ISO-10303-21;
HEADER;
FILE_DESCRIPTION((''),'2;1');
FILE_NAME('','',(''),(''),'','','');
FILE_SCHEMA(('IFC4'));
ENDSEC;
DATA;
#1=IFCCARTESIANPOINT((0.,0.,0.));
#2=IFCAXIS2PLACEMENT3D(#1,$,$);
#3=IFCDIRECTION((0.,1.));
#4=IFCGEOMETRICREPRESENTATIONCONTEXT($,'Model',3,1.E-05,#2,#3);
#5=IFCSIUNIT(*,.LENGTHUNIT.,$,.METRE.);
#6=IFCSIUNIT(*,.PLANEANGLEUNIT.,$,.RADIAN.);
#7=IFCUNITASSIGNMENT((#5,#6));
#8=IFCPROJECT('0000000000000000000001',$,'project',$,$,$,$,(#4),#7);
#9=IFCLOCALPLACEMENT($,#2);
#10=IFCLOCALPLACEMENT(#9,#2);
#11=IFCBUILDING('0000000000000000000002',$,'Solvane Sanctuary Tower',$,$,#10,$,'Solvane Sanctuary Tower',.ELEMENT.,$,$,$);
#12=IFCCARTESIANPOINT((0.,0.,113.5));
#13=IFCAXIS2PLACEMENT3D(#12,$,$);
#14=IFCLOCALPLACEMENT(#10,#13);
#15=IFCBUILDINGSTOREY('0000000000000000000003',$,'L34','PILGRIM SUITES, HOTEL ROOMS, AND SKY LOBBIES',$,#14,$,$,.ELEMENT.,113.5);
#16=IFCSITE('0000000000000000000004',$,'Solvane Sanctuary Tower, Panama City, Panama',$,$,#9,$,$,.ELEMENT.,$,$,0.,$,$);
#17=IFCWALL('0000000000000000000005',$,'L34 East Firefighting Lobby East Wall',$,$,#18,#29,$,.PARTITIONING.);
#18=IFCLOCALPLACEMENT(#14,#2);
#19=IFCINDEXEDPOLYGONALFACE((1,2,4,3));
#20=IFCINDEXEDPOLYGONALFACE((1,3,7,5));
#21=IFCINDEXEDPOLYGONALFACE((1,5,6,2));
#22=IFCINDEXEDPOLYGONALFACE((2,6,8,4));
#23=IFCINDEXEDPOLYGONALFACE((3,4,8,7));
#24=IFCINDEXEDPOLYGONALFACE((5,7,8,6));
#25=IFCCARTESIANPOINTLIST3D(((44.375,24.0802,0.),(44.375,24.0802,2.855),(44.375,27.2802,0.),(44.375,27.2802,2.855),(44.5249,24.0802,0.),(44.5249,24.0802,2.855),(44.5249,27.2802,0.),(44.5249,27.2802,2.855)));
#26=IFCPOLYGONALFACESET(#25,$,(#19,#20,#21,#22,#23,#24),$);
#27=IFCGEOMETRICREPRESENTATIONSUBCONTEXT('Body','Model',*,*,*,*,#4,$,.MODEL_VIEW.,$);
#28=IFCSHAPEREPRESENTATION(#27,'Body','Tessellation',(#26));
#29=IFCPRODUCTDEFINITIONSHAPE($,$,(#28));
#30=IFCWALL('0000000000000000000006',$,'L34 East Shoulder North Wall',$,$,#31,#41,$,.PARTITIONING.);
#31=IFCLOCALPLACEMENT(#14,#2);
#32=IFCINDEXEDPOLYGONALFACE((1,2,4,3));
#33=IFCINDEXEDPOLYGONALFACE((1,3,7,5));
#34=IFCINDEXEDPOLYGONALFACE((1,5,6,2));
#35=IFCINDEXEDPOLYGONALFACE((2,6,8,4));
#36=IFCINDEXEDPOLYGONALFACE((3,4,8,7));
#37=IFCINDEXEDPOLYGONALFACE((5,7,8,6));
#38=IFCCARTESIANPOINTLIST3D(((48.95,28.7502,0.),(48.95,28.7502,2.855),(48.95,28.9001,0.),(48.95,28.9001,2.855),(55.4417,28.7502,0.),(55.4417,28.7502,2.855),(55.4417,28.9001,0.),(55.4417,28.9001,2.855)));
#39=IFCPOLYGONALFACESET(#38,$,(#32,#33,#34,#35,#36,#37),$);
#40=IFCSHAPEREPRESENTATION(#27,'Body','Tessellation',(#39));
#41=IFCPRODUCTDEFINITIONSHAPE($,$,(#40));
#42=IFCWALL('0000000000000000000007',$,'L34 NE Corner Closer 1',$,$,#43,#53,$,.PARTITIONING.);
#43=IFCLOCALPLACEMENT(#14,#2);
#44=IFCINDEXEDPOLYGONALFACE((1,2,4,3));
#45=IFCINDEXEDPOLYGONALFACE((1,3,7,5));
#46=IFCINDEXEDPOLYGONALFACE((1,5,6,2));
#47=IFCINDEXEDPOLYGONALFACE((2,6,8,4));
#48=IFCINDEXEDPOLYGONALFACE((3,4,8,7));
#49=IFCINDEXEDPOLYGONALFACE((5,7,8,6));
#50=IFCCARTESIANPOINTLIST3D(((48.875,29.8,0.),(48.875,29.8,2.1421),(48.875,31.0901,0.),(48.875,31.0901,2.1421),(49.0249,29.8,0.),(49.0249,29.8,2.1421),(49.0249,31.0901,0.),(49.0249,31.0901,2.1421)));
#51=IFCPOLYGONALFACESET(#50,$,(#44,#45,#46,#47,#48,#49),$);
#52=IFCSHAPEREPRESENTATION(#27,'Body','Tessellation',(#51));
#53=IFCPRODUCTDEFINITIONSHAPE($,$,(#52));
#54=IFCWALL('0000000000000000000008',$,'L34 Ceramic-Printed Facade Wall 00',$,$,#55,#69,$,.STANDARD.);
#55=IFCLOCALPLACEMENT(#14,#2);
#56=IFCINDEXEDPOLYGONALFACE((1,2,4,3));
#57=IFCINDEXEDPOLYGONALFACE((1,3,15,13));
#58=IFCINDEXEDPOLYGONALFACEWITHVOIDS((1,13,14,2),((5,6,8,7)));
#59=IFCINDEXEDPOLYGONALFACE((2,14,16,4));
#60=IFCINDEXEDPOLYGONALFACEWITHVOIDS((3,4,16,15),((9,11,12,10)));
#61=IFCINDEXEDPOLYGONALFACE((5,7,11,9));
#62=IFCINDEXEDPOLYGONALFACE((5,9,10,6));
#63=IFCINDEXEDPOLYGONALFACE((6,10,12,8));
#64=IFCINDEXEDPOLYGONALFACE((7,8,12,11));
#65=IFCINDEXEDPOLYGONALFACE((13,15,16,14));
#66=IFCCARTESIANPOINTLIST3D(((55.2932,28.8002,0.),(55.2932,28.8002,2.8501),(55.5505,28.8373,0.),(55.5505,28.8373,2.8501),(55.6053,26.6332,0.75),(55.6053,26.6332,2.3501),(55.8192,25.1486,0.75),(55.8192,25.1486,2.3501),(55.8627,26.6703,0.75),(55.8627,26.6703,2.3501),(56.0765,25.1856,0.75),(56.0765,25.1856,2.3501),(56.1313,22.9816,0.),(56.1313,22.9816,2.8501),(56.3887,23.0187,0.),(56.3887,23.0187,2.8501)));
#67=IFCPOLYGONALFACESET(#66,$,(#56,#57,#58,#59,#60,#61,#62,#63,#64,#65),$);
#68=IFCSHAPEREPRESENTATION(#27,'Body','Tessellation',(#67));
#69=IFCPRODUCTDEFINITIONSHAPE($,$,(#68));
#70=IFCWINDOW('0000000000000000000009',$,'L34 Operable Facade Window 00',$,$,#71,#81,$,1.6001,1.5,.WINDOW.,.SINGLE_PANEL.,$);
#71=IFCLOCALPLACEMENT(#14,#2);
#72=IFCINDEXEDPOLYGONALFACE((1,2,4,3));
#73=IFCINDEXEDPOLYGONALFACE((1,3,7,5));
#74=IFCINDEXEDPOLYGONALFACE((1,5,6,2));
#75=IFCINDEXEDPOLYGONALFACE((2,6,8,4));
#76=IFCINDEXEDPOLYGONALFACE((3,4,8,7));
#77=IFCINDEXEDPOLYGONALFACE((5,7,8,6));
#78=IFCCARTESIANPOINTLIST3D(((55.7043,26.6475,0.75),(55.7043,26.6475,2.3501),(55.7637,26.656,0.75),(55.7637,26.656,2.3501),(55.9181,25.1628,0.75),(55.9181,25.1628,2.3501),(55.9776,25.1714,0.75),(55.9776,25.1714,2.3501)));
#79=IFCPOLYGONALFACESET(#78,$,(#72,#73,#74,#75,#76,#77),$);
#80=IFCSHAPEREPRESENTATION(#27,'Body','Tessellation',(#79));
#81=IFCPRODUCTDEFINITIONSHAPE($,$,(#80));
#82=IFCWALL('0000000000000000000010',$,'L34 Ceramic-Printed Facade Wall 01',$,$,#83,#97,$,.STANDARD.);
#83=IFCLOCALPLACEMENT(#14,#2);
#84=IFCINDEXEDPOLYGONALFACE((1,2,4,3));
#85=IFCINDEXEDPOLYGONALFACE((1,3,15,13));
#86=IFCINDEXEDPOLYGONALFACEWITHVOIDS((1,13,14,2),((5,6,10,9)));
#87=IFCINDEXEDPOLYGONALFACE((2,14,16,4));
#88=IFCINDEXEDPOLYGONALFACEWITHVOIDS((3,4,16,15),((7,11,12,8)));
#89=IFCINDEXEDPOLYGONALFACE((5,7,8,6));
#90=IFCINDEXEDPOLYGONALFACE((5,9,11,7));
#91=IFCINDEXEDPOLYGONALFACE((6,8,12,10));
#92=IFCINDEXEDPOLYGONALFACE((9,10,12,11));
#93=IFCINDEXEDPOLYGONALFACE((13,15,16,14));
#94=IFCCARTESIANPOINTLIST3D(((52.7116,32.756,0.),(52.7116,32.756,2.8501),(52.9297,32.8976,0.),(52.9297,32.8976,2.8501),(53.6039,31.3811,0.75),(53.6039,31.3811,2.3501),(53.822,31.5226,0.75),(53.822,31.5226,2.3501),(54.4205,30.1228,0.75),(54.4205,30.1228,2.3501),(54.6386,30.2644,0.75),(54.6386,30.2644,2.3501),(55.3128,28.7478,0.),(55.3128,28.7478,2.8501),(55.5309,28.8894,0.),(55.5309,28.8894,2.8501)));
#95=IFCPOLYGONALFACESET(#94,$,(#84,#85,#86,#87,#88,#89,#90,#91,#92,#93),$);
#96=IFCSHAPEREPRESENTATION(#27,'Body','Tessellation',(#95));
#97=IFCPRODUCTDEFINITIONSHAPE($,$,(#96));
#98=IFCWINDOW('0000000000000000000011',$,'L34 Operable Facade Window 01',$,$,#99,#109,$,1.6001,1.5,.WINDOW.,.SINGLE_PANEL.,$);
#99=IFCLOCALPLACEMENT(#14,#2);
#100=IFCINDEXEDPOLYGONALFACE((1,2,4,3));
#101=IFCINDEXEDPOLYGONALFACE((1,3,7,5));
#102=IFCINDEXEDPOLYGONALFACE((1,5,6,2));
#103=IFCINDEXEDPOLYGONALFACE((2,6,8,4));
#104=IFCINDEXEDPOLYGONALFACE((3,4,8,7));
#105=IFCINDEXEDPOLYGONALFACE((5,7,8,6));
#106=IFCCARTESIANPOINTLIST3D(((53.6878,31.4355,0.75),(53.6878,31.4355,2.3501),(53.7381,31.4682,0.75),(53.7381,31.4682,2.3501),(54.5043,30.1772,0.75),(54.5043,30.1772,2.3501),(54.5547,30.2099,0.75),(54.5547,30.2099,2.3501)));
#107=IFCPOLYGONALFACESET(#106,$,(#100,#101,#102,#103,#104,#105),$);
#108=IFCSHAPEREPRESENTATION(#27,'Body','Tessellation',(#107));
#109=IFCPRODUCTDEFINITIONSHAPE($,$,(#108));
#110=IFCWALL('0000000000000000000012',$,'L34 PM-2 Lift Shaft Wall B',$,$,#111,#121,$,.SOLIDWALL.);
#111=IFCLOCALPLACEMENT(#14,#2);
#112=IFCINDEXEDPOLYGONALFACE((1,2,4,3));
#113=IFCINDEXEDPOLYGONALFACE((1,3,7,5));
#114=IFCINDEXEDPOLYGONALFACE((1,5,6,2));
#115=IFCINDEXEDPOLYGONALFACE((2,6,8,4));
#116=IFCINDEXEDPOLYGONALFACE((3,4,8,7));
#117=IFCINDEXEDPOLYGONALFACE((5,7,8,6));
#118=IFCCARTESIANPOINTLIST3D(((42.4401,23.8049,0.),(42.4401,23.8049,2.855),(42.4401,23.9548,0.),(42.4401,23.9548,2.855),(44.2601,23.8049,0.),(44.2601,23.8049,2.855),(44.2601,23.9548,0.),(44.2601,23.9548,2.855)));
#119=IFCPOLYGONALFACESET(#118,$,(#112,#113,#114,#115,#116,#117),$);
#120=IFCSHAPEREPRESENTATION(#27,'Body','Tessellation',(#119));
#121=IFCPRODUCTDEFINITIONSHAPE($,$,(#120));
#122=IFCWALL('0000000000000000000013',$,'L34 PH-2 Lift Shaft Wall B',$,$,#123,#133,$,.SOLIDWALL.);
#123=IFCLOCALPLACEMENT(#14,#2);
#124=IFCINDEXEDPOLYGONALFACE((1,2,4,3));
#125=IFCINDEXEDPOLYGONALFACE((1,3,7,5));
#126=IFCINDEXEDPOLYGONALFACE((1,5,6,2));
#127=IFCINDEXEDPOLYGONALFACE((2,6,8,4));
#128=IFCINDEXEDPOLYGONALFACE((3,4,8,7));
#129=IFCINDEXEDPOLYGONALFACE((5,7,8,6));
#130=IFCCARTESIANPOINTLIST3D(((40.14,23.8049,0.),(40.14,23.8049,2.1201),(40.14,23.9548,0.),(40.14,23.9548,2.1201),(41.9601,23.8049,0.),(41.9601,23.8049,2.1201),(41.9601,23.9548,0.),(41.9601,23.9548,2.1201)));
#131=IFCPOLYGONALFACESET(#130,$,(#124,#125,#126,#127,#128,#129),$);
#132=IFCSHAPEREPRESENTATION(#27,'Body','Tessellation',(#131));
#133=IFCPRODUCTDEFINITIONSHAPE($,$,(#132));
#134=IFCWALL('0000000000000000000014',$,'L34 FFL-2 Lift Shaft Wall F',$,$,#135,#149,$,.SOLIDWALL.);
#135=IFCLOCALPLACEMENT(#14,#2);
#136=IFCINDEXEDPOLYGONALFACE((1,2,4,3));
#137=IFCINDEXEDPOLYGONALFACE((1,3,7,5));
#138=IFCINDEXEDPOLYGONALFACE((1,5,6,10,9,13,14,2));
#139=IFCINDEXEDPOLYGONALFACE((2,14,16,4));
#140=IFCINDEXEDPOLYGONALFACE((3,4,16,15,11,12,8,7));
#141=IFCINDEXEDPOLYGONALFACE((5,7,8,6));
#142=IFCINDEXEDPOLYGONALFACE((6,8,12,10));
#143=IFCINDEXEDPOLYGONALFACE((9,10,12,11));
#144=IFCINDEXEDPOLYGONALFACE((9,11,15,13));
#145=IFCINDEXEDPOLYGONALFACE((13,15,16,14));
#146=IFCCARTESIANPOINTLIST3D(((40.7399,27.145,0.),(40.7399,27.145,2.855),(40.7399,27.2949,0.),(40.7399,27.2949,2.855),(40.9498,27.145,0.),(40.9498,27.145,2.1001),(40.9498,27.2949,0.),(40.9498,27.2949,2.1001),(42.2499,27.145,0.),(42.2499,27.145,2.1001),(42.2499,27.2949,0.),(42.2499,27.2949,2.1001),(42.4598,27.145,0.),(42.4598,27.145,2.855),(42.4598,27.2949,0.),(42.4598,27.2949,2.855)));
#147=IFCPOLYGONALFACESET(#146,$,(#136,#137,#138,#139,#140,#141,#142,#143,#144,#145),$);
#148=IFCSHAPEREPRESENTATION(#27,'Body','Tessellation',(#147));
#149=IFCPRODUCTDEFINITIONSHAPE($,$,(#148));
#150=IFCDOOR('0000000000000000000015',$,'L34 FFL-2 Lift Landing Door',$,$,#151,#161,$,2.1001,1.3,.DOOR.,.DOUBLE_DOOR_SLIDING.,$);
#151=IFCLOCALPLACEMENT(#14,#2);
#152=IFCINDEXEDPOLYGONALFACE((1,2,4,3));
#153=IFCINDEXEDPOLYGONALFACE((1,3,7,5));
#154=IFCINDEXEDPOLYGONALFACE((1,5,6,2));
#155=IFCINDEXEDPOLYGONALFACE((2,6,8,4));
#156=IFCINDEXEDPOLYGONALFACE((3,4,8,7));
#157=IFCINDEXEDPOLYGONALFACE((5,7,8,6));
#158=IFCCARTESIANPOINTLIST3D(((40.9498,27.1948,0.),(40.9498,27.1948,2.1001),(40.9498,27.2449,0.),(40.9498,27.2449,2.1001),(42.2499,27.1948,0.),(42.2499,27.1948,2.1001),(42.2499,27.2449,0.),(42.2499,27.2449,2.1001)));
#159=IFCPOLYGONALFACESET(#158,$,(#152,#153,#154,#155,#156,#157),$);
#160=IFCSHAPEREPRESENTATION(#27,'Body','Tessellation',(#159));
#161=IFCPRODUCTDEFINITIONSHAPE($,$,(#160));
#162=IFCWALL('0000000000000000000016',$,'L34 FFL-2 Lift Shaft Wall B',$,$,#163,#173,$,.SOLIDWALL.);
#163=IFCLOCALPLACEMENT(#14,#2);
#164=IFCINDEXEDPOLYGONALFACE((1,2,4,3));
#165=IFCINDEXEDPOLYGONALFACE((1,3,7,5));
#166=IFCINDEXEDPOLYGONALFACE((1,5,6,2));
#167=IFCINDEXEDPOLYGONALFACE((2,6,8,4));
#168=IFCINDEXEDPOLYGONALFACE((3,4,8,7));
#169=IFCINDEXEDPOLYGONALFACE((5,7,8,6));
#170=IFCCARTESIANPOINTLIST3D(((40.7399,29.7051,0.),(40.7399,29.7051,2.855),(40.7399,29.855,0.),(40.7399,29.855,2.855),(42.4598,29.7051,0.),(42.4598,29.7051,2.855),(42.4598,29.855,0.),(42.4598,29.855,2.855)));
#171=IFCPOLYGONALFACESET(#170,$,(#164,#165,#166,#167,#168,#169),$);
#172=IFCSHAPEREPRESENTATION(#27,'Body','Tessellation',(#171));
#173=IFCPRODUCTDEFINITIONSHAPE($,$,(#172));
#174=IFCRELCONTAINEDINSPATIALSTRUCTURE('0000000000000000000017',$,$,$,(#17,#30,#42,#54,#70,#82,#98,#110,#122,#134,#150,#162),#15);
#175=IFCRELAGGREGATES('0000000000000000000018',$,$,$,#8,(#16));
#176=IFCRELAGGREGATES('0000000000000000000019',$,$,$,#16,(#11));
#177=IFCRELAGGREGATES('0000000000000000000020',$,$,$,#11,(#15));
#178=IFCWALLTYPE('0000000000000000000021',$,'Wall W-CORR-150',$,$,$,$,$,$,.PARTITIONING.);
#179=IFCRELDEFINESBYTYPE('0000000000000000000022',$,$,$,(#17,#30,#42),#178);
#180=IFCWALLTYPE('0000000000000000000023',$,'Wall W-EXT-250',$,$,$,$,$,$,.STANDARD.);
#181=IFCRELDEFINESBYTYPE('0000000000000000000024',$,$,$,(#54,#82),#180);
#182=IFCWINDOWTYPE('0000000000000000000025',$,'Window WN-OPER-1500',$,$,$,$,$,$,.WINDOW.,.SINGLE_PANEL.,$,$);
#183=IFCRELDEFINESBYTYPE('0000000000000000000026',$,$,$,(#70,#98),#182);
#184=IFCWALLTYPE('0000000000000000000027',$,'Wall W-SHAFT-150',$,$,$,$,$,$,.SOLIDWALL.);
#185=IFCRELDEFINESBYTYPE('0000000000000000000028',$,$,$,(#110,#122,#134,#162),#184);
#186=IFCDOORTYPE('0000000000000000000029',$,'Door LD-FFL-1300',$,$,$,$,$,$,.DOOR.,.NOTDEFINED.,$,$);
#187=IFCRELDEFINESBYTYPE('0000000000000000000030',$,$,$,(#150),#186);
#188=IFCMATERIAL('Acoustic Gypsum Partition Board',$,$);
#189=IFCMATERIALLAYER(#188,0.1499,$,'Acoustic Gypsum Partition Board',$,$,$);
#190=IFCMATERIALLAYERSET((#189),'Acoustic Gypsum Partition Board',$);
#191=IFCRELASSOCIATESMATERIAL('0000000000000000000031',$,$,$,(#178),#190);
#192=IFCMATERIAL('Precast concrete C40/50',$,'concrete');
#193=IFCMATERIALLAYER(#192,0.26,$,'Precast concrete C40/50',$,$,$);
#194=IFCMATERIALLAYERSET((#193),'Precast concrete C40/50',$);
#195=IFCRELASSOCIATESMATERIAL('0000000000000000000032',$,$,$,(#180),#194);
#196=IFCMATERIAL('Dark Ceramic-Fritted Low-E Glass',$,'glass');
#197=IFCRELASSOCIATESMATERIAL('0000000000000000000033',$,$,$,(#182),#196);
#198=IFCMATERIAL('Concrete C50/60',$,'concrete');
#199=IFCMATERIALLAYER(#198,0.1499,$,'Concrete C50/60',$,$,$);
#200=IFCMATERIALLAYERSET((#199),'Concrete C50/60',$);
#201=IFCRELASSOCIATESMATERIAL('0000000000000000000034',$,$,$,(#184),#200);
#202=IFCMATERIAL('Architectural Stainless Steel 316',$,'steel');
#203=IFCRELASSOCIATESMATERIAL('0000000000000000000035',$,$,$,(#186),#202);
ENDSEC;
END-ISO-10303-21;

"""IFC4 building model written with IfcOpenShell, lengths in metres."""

from ifc_helpers import new_model, si_unit, direction, frame, frame_2d, origin, place, context, subcontext, project, spatial, rectangle, extrude, material, layer, layer_set, type_object, element, fill, save


model = new_model("IFC4")

# Units and contexts
model_context = context("Model", 3, precision=1e-05, world=origin(), true_north=direction((0.0, 1.0)))
body_context = subcontext(model_context, "Body", "Model", "MODEL_VIEW")
ifc_project = project(units=[si_unit("LENGTHUNIT", "METRE"), si_unit("PLANEANGLEUNIT", "RADIAN")], contexts=[model_context])

# Site, building, storey
site_placement = place(None, origin())
site = spatial("IfcSite", under=ifc_project, at=site_placement, Name="Solvane Sanctuary Tower, Panama City, Panama", CompositionType="ELEMENT", RefElevation=0.0)
building_placement = place(site_placement, origin())
building = spatial("IfcBuilding", under=site, at=building_placement, Name="Solvane Sanctuary Tower", LongName="Solvane Sanctuary Tower", CompositionType="ELEMENT")
storey_placement = place(building_placement, frame((0.0, 0.0, 113.5)))
storey = spatial("IfcBuildingStorey", under=building, at=storey_placement, Name="L34", Description="PILGRIM SUITES, HOTEL ROOMS, AND SKY LOBBIES", CompositionType="ELEMENT", Elevation=113.5)

# Walls
ifc_material_1 = material(Name="Acoustic Gypsum Partition Board")
ifc_layer_1 = layer(ifc_material_1, 0.1499, Name="Acoustic Gypsum Partition Board")
ifc_layer_set_1 = layer_set([ifc_layer_1], Name="Acoustic Gypsum Partition Board")
wall_type_1 = type_object("IfcWallType", Name="Wall W-CORR-150", PredefinedType="PARTITIONING", material=ifc_layer_set_1)
wall_1_placement = place(storey_placement, frame((44.45, 24.0801, 0.0), z_axis=(0.0, 0.0, 1.0), x_axis=(0.0, 1.0, 0.0)))
element("IfcWall", 1, at=wall_1_placement, inside=storey, type_object=wall_type_1, Name="L34 East Firefighting Lobby East Wall", PredefinedType="PARTITIONING", context=body_context, shape_type="SweptSolid", body=[
    extrude(rectangle(XDim=3.2, YDim=0.1499, at=frame_2d((1.6001, 0.0))), origin(), (0.0, 0.0, 1.0), 2.855),
])
wall_2_placement = place(storey_placement, frame((48.95, 28.8252, 0.0), z_axis=(0.0, 0.0, 1.0), x_axis=(1.0, 0.0, 0.0)))
element("IfcWall", 2, at=wall_2_placement, inside=storey, type_object=wall_type_1, Name="L34 East Shoulder North Wall", PredefinedType="PARTITIONING", context=body_context, shape_type="SweptSolid", body=[
    extrude(rectangle(XDim=6.4917, YDim=0.1499, at=frame_2d((3.2458, 0.0))), origin(), (0.0, 0.0, 1.0), 2.855),
])
wall_3_placement = place(storey_placement, frame((48.95, 29.8, 0.0), z_axis=(0.0, 0.0, 1.0), x_axis=(0.0, 1.0, 0.0)))
element("IfcWall", 3, at=wall_3_placement, inside=storey, type_object=wall_type_1, Name="L34 NE Corner Closer 1", PredefinedType="PARTITIONING", context=body_context, shape_type="SweptSolid", body=[
    extrude(rectangle(XDim=1.29, YDim=0.1499, at=frame_2d((0.645, 0.0))), origin(), (0.0, 0.0, 1.0), 2.1421),
])

# Walls, openings, windows
ifc_material_2 = material(Name="Precast concrete C40/50", Category="concrete")
ifc_layer_2 = layer(ifc_material_2, 0.26, Name="Precast concrete C40/50")
ifc_layer_set_2 = layer_set([ifc_layer_2], Name="Precast concrete C40/50")
wall_type_2 = type_object("IfcWallType", Name="Wall W-EXT-250", PredefinedType="STANDARD", material=ifc_layer_set_2)
wall_4_placement = place(storey_placement, frame((56.26, 23.0, 0.0), z_axis=(0.0, 0.0, 1.0), x_axis=(-0.142572, 0.989784, 0.0)))
wall_4 = element("IfcWall", 4, at=wall_4_placement, inside=storey, type_object=wall_type_2, Name="L34 Ceramic-Printed Facade Wall 00", PredefinedType="STANDARD", context=body_context, shape_type="SweptSolid", body=[
    extrude(rectangle(XDim=5.8787, YDim=0.26, at=frame_2d((2.9395, 0.0))), origin(), (0.0, 0.0, 1.0), 2.8501),
])
opening_1_placement = place(wall_4_placement, frame((2.1895, 0.0, 0.75)))
opening_1 = element("IfcOpeningElement", 5, at=opening_1_placement, cuts=wall_4, PredefinedType="OPENING", context=body_context, shape_type="SweptSolid", body=[
    extrude(rectangle(XDim=1.5, YDim=1.6001, at=frame_2d((0.75, 0.8))), frame((0.0, 0.1399, 0.0), z_axis=(0.0, -1.0, 0.0), x_axis=(1.0, 0.0, 0.0)), (0.0, 0.0, 1.0), 0.28),
])
ifc_material_3 = material(Name="Dark Ceramic-Fritted Low-E Glass", Category="glass")
window_type = type_object("IfcWindowType", Name="Window WN-OPER-1500", PartitioningType="SINGLE_PANEL", PredefinedType="WINDOW", material=ifc_material_3)
window_1_placement = place(opening_1_placement, origin())
window_1 = element("IfcWindow", 6, at=window_1_placement, inside=storey, type_object=window_type, Name="L34 Operable Facade Window 00", OverallHeight=1.6001, OverallWidth=1.5, PartitioningType="SINGLE_PANEL", PredefinedType="WINDOW", context=body_context, shape_type="SweptSolid", body=[
    extrude(rectangle(XDim=1.5, YDim=1.6001, at=frame_2d((0.75, 0.8))), frame((0.0, 0.03, 0.0), z_axis=(0.0, -1.0, 0.0), x_axis=(1.0, 0.0, 0.0)), (0.0, 0.0, 1.0), 0.0601),
])
fill(opening_1, window_1)
wall_5_placement = place(storey_placement, frame((55.4219, 28.8186, 0.0), z_axis=(0.0, 0.0, 1.0), x_axis=(-0.544388, 0.838833, 0.0)))
wall_5 = element("IfcWall", 7, at=wall_5_placement, inside=storey, type_object=wall_type_2, Name="L34 Ceramic-Printed Facade Wall 01", PredefinedType="STANDARD", context=body_context, shape_type="SweptSolid", body=[
    extrude(rectangle(XDim=4.7783, YDim=0.26, at=frame_2d((2.3892, 0.0))), origin(), (0.0, 0.0, 1.0), 2.8501),
])
opening_2_placement = place(wall_5_placement, frame((1.6392, 0.0, 0.75)))
opening_2 = element("IfcOpeningElement", 8, at=opening_2_placement, cuts=wall_5, PredefinedType="OPENING", context=body_context, shape_type="SweptSolid", body=[
    extrude(rectangle(XDim=1.5, YDim=1.6001, at=frame_2d((0.75, 0.8))), frame((0.0, 0.1399, 0.0), z_axis=(0.0, -1.0, 0.0), x_axis=(1.0, 0.0, 0.0)), (0.0, 0.0, 1.0), 0.28),
])
window_2_placement = place(opening_2_placement, origin())
window_2 = element("IfcWindow", 9, at=window_2_placement, inside=storey, type_object=window_type, Name="L34 Operable Facade Window 01", OverallHeight=1.6001, OverallWidth=1.5, PartitioningType="SINGLE_PANEL", PredefinedType="WINDOW", context=body_context, shape_type="SweptSolid", body=[
    extrude(rectangle(XDim=1.5, YDim=1.6001, at=frame_2d((0.75, 0.8))), frame((0.0, 0.03, 0.0), z_axis=(0.0, -1.0, 0.0), x_axis=(1.0, 0.0, 0.0)), (0.0, 0.0, 1.0), 0.0601),
])
fill(opening_2, window_2)

# Walls
ifc_material_4 = material(Name="Concrete C50/60", Category="concrete")
ifc_layer_3 = layer(ifc_material_4, 0.1499, Name="Concrete C50/60")
ifc_layer_set_3 = layer_set([ifc_layer_3], Name="Concrete C50/60")
wall_type_3 = type_object("IfcWallType", Name="Wall W-SHAFT-150", PredefinedType="SOLIDWALL", material=ifc_layer_set_3)
wall_6_placement = place(storey_placement, frame((42.4399, 23.8799, 0.0), z_axis=(0.0, 0.0, 1.0), x_axis=(1.0, 0.0, 0.0)))
element("IfcWall", 10, at=wall_6_placement, inside=storey, type_object=wall_type_3, Name="L34 PM-2 Lift Shaft Wall B", PredefinedType="SOLIDWALL", context=body_context, shape_type="SweptSolid", body=[
    extrude(rectangle(XDim=1.8201, YDim=0.1499, at=frame_2d((0.9102, 0.0))), origin(), (0.0, 0.0, 1.0), 2.855),
])
wall_7_placement = place(storey_placement, frame((40.1399, 23.8799, 0.0), z_axis=(0.0, 0.0, 1.0), x_axis=(1.0, 0.0, 0.0)))
element("IfcWall", 11, at=wall_7_placement, inside=storey, type_object=wall_type_3, Name="L34 PH-2 Lift Shaft Wall B", PredefinedType="SOLIDWALL", context=body_context, shape_type="SweptSolid", body=[
    extrude(rectangle(XDim=1.8201, YDim=0.1499, at=frame_2d((0.9102, 0.0))), origin(), (0.0, 0.0, 1.0), 2.1201),
])

# Wall, opening, door
wall_8_placement = place(storey_placement, frame((40.74, 27.22, 0.0), z_axis=(0.0, 0.0, 1.0), x_axis=(1.0, 0.0, 0.0)))
wall_8 = element("IfcWall", 12, at=wall_8_placement, inside=storey, type_object=wall_type_3, Name="L34 FFL-2 Lift Shaft Wall F", PredefinedType="SOLIDWALL", context=body_context, shape_type="SweptSolid", body=[
    extrude(rectangle(XDim=1.72, YDim=0.1499, at=frame_2d((0.8599, 0.0))), origin(), (0.0, 0.0, 1.0), 2.855),
])
opening_3_placement = place(wall_8_placement, frame((0.21, 0.0, 0.0)))
opening_3 = element("IfcOpeningElement", 13, at=opening_3_placement, cuts=wall_8, PredefinedType="OPENING", context=body_context, shape_type="SweptSolid", body=[
    extrude(rectangle(XDim=1.3, YDim=2.1001, at=frame_2d((0.6499, 1.05))), frame((0.0, 0.085, 0.0), z_axis=(0.0, -1.0, 0.0), x_axis=(1.0, 0.0, 0.0)), (0.0, 0.0, 1.0), 0.1699),
])
ifc_material_5 = material(Name="Architectural Stainless Steel 316", Category="steel")
door_type_1 = type_object("IfcDoorType", Name="Door LD-FFL-1300", OperationType="NOTDEFINED", PredefinedType="DOOR", material=ifc_material_5)
door_1_placement = place(opening_3_placement, origin())
door_1 = element("IfcDoor", 14, at=door_1_placement, inside=storey, type_object=door_type_1, Name="L34 FFL-2 Lift Landing Door", OperationType="DOUBLE_DOOR_SLIDING", OverallHeight=2.1001, OverallWidth=1.3, PredefinedType="DOOR", context=body_context, shape_type="SweptSolid", body=[
    extrude(rectangle(XDim=1.3, YDim=2.1001, at=frame_2d((0.6499, 1.05))), frame((0.0, 0.0249, 0.0), z_axis=(0.0, -1.0, 0.0), x_axis=(1.0, 0.0, 0.0)), (0.0, 0.0, 1.0), 0.05),
])
fill(opening_3, door_1)

# Wall
wall_9_placement = place(storey_placement, frame((40.74, 29.78, 0.0), z_axis=(0.0, 0.0, 1.0), x_axis=(1.0, 0.0, 0.0)))
element("IfcWall", 15, at=wall_9_placement, inside=storey, type_object=wall_type_3, Name="L34 FFL-2 Lift Shaft Wall B", PredefinedType="SOLIDWALL", context=body_context, shape_type="SweptSolid", body=[
    extrude(rectangle(XDim=1.72, YDim=0.1499, at=frame_2d((0.8599, 0.0))), origin(), (0.0, 0.0, 1.0), 2.855),
])

save(model, "model.ifc")
